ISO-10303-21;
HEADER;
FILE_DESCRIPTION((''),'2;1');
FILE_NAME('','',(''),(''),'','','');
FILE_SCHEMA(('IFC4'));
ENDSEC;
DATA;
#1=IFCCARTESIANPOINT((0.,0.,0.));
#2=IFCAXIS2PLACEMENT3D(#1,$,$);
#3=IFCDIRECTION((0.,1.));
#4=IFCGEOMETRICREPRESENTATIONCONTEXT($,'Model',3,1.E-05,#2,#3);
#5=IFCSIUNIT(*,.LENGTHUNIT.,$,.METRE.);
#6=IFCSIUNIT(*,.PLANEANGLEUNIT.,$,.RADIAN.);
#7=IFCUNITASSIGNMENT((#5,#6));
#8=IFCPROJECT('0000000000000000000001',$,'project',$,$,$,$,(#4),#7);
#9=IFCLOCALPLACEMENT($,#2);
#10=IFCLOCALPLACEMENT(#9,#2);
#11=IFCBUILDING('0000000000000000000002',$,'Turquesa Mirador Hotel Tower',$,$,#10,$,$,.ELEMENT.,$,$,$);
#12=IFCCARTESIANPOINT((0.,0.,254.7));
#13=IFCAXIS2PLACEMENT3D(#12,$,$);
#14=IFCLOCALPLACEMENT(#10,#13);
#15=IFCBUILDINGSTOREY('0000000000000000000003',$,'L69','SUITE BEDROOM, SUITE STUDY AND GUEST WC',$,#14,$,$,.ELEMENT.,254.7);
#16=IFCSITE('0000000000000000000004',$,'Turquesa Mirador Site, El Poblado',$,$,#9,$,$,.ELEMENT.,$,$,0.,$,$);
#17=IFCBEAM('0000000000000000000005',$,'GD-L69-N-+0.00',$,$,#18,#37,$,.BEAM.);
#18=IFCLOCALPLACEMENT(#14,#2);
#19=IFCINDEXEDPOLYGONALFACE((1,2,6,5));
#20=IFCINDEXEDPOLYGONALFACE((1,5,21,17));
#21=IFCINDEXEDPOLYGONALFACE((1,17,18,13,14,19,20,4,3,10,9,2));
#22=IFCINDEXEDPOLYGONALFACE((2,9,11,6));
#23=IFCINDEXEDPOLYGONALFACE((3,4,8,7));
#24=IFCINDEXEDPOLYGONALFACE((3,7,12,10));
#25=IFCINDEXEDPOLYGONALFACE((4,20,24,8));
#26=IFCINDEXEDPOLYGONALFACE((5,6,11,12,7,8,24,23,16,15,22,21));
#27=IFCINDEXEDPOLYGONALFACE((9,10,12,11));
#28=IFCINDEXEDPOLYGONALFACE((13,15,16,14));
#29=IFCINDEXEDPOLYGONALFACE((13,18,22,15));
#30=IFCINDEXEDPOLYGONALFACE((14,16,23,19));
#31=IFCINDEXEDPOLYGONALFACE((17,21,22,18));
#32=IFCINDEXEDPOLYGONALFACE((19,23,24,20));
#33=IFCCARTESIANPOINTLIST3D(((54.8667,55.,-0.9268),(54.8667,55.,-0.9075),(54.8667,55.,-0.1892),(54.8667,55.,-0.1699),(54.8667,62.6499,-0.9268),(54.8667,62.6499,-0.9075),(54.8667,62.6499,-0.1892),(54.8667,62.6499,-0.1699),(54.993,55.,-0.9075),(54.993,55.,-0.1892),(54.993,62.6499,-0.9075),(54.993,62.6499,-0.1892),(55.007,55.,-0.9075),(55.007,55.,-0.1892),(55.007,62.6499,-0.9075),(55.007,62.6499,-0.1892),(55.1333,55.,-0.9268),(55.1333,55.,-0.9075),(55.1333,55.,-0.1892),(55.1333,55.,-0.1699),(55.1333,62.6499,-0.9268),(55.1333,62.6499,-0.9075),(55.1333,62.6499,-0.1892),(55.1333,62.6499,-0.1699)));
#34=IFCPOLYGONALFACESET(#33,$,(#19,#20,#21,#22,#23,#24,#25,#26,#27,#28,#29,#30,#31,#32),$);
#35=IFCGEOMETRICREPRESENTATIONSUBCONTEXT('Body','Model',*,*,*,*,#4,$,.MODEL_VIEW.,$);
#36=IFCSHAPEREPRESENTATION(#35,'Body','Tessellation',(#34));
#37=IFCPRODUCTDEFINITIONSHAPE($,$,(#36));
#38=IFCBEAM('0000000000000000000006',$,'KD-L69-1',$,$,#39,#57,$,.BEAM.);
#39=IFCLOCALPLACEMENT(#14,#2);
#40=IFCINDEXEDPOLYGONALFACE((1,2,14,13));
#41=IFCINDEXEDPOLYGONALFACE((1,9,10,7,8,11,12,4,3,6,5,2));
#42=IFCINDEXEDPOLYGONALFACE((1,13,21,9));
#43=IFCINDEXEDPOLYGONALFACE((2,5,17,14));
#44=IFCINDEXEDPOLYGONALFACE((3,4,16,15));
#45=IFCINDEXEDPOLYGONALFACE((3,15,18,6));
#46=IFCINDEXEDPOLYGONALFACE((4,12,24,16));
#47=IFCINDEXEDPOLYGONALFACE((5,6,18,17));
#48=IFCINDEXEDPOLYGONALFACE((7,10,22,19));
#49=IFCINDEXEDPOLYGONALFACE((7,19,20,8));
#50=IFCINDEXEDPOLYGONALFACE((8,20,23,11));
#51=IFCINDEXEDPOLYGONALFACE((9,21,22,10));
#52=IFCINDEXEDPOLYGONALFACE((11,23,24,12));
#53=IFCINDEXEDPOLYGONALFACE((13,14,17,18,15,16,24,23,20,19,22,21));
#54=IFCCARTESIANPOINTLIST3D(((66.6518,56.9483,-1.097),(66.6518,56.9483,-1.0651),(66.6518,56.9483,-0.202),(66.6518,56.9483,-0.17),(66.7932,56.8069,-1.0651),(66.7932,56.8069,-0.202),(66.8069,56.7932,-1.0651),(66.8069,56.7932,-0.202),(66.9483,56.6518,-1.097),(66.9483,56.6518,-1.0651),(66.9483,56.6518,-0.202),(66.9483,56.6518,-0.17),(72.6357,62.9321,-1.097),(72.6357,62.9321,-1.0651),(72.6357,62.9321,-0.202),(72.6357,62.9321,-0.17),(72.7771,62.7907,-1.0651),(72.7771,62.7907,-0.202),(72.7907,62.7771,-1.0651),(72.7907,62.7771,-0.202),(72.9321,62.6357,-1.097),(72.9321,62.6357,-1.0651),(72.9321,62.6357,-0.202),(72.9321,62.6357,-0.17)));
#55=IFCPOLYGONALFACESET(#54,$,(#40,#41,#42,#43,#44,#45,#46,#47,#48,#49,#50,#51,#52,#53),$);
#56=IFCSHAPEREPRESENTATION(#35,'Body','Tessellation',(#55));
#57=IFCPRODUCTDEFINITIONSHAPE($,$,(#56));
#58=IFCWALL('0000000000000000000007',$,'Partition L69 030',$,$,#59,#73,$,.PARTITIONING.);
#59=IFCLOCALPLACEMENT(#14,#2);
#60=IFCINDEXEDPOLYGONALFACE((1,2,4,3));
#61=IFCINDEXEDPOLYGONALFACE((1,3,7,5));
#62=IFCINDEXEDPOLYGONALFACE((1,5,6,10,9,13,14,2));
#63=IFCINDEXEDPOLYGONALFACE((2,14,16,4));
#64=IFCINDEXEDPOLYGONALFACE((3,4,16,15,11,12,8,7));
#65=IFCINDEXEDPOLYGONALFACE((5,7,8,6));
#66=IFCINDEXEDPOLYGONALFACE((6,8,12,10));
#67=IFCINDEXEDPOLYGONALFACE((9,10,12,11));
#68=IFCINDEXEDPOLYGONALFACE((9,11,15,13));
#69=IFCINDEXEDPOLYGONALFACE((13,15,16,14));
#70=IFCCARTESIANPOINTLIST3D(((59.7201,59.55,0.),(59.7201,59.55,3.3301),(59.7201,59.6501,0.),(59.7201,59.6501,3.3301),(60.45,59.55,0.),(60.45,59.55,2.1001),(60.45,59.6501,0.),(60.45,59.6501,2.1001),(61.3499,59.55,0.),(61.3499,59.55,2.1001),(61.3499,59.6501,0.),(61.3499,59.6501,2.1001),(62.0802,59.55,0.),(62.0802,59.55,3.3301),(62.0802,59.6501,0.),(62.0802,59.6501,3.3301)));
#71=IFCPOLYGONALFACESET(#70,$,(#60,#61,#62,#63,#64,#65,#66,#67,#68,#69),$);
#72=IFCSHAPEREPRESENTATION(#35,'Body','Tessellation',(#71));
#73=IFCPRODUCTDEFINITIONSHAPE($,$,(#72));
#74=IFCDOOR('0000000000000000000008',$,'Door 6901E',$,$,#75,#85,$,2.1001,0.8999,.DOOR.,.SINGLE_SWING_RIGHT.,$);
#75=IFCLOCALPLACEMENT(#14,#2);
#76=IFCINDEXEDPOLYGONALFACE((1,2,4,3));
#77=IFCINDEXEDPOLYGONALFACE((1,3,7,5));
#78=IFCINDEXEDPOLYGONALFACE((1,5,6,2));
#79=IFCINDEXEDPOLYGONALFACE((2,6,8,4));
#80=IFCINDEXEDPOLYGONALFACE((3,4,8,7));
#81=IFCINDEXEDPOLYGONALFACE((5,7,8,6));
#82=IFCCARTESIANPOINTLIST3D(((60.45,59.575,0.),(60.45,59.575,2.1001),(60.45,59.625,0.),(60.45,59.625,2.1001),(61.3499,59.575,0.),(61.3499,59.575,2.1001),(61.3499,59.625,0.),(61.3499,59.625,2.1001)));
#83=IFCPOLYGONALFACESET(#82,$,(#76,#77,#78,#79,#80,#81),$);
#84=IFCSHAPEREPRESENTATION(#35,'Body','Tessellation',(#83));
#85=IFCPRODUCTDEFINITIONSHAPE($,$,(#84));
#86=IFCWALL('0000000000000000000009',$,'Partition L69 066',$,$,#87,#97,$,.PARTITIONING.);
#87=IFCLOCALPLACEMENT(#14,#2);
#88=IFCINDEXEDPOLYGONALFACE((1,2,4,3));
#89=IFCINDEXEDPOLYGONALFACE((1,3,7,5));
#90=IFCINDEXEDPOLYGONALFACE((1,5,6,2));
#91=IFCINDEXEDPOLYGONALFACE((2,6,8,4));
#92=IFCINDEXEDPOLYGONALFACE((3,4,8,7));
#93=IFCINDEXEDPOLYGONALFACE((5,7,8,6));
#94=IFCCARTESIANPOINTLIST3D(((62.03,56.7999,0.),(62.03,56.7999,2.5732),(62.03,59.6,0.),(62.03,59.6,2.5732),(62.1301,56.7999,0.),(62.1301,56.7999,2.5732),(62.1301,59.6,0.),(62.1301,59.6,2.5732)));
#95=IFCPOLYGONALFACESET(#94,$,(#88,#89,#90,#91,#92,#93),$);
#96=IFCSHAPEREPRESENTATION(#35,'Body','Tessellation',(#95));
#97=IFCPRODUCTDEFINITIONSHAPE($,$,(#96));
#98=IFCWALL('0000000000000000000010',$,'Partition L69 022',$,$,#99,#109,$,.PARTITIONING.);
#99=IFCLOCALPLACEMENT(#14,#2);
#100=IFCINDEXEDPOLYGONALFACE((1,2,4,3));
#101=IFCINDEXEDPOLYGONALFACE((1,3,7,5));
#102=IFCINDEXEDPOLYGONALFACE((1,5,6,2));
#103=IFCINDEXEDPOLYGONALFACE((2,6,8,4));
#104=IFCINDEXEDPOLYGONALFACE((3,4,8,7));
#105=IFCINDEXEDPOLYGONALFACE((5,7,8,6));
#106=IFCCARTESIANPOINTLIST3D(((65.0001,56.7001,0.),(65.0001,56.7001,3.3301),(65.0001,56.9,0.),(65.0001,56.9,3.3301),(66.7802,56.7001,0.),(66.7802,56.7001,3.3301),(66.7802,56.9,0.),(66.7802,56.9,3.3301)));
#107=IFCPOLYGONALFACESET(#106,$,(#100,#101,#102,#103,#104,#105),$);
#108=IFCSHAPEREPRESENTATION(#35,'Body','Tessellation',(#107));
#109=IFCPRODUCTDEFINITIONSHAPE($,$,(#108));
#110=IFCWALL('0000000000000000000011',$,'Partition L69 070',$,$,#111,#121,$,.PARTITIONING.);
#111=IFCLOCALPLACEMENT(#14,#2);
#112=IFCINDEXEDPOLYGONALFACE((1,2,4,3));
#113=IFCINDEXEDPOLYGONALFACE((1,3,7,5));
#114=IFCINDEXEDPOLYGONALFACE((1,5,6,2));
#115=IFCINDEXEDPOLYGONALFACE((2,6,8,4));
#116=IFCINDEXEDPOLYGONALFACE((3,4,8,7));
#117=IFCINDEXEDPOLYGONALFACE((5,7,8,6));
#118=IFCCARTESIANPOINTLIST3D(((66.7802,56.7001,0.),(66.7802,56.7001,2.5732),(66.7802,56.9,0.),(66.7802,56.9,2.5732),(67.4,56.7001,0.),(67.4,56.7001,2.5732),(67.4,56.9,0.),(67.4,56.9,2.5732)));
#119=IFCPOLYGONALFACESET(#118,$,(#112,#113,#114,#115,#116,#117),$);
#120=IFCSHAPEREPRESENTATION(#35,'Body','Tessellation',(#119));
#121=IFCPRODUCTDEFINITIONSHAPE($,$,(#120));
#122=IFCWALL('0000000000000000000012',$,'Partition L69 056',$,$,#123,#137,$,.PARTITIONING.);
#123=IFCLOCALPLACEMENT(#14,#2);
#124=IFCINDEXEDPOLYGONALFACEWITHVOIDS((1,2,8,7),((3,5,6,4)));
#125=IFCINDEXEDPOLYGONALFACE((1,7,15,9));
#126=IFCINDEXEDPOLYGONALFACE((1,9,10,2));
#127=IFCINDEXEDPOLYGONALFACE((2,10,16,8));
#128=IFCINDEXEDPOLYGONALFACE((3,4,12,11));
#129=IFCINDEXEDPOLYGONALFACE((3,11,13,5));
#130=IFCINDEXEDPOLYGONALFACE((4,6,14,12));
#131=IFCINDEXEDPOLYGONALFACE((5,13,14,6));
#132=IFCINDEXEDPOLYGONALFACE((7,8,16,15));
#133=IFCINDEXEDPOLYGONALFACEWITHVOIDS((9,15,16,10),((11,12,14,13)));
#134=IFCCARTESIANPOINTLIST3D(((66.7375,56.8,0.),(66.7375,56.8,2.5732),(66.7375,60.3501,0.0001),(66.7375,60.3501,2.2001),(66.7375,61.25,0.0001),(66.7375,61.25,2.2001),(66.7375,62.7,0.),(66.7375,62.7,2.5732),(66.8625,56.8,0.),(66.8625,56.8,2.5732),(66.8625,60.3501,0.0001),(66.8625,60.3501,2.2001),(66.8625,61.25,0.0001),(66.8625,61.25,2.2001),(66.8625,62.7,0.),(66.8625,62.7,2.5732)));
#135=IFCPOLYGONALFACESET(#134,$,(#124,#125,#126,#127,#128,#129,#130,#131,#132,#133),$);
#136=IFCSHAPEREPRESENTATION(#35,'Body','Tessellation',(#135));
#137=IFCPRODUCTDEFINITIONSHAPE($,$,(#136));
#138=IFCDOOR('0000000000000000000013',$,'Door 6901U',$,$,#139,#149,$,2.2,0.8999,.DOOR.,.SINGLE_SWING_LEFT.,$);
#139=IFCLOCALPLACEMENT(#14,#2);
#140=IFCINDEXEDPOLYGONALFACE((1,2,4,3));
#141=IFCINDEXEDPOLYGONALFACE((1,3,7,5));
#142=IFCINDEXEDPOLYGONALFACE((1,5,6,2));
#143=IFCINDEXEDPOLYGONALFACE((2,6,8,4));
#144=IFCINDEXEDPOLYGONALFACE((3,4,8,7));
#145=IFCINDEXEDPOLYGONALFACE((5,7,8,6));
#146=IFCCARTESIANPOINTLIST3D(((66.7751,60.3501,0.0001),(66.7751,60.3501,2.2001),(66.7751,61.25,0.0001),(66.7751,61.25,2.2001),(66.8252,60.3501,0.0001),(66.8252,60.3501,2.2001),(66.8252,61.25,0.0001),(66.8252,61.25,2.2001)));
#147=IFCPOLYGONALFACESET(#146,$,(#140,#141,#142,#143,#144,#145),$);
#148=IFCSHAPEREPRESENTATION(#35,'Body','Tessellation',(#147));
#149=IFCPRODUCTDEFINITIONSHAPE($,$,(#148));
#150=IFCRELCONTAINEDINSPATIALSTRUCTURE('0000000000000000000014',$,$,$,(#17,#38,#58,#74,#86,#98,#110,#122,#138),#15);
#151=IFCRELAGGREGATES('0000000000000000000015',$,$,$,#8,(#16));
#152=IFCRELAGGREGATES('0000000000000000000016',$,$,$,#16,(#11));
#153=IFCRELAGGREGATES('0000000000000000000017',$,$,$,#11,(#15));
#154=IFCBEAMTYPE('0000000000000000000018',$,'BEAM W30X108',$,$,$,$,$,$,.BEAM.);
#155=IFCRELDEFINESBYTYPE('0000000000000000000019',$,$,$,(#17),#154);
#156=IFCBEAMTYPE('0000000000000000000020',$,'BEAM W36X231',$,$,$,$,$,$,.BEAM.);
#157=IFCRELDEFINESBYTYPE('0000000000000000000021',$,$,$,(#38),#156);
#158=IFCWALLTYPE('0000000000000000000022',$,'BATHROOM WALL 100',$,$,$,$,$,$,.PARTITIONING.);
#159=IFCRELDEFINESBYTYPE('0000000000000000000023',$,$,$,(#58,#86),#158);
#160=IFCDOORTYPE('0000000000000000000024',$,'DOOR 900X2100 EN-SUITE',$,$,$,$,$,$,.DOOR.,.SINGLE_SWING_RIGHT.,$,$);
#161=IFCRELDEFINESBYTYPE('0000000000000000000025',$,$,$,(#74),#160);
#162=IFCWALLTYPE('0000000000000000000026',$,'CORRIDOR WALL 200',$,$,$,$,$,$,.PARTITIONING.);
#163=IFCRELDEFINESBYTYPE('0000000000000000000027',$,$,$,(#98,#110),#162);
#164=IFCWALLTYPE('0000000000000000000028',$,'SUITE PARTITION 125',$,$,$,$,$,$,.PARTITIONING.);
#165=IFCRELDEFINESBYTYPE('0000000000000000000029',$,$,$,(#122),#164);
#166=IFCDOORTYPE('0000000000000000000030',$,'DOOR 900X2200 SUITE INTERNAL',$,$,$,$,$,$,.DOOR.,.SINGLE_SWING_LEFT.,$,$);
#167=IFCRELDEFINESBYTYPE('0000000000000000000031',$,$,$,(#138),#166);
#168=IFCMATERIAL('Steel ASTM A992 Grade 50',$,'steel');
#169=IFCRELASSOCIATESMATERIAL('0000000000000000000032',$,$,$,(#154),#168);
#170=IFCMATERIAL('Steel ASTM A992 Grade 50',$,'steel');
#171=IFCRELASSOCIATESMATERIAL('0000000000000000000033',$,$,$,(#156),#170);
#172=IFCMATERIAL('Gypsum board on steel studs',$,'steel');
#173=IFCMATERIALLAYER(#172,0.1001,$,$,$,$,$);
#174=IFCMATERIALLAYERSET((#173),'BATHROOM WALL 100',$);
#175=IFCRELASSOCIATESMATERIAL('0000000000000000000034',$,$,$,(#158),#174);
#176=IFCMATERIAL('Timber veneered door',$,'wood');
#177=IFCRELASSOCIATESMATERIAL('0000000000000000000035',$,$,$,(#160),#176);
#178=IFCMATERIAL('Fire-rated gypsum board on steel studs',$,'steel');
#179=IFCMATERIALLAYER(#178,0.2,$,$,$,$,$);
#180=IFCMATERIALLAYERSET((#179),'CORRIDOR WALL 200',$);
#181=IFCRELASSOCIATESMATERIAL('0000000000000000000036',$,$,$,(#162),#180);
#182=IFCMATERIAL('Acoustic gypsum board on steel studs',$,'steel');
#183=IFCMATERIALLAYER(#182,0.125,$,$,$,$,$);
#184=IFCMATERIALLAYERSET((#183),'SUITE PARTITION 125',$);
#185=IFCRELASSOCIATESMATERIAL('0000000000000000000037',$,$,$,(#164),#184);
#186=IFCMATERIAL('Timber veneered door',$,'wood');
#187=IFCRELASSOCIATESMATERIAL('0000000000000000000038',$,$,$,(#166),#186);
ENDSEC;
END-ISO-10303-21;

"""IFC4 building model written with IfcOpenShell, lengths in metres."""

from ifc_helpers import new_model, si_unit, direction, frame, frame_2d, origin, origin_2d, place, context, subcontext, project, spatial, rectangle, i_section, extrude, material, layer, layer_set, material_profile, profile_set, type_object, element, fill, save


model = new_model("IFC4")

# Units and contexts
model_context = context("Model", 3, precision=1e-05, world=origin(), true_north=direction((0.0, 1.0)))
body_context = subcontext(model_context, "Body", "Model", "MODEL_VIEW")
ifc_project = project(units=[si_unit("LENGTHUNIT", "METRE"), si_unit("PLANEANGLEUNIT", "RADIAN")], contexts=[model_context])

# Site, building, storey
site_placement = place(None, origin())
site = spatial("IfcSite", under=ifc_project, at=site_placement, Name="Turquesa Mirador Site, El Poblado", CompositionType="ELEMENT", RefElevation=0.0)
building_placement = place(site_placement, origin())
building = spatial("IfcBuilding", under=site, at=building_placement, Name="Turquesa Mirador Hotel Tower", CompositionType="ELEMENT")
storey_placement = place(building_placement, frame((0.0, 0.0, 254.7)))
storey = spatial("IfcBuildingStorey", under=building, at=storey_placement, Name="L69", Description="SUITE BEDROOM, SUITE STUDY AND GUEST WC", CompositionType="ELEMENT", Elevation=254.7)

# Beams
ifc_material_1 = material(Name="Steel ASTM A992 Grade 50", Category="steel")
ifc_material_profile_1 = material_profile(ifc_material_1, i_section(OverallWidth=0.2666, OverallDepth=0.7568, WebThickness=0.0139, FlangeThickness=0.0193, at=origin_2d()), Name="W30X108")
ifc_profile_set_1 = profile_set([ifc_material_profile_1], Name="Steel ASTM A992 Grade 50")
beam_type_1 = type_object("IfcBeamType", Name="BEAM W30X108", PredefinedType="BEAM", material=ifc_profile_set_1)
for number, where, z_axis, x_axis, name in (
    (1, (55.0, 62.6499, -0.5483), (0.0, -1.0, 0.0), (1.0, 0.0, 0.0), "GD-L69-N-+0.00"),
):
    element("IfcBeam", number, at=place(storey_placement, frame(where, z_axis=z_axis, x_axis=x_axis)), inside=storey, type_object=beam_type_1, Name=name, PredefinedType="BEAM", context=body_context, shape_type="SweptSolid", body=[
        extrude(i_section(OverallWidth=0.2666, OverallDepth=0.7568, WebThickness=0.0139, FlangeThickness=0.0193, at=origin_2d()), origin(), (0.0, 0.0, 1.0), 7.6499),
    ])
ifc_material_2 = material(Name="Steel ASTM A992 Grade 50", Category="steel")
ifc_material_profile_2 = material_profile(ifc_material_2, i_section(OverallWidth=0.4192, OverallDepth=0.927, WebThickness=0.0193, FlangeThickness=0.032, at=origin_2d()), Name="W36X231")
ifc_profile_set_2 = profile_set([ifc_material_profile_2], Name="Steel ASTM A992 Grade 50")
beam_type_2 = type_object("IfcBeamType", Name="BEAM W36X231", PredefinedType="BEAM", material=ifc_profile_set_2)
beam_1_placement = place(storey_placement, frame((66.8, 56.8, -0.6335), z_axis=(0.707107, 0.707107, 0.0), x_axis=(-0.707107, 0.707107, 0.0)))
element("IfcBeam", 2, at=beam_1_placement, inside=storey, type_object=beam_type_2, Name="KD-L69-1", PredefinedType="BEAM", context=body_context, shape_type="SweptSolid", body=[
    extrude(i_section(OverallWidth=0.4192, OverallDepth=0.927, WebThickness=0.0193, FlangeThickness=0.032, at=origin_2d()), origin(), (0.0, 0.0, 1.0), 8.4624),
])

# Wall, opening, door
ifc_material_3 = material(Name="Gypsum board on steel studs", Category="steel")
ifc_layer_1 = layer(ifc_material_3, 0.1001)
ifc_layer_set_1 = layer_set([ifc_layer_1], Name="BATHROOM WALL 100")
wall_type_1 = type_object("IfcWallType", Name="BATHROOM WALL 100", PredefinedType="PARTITIONING", material=ifc_layer_set_1)
wall_1_placement = place(storey_placement, frame((59.72, 59.6001, 0.0), z_axis=(0.0, 0.0, 1.0), x_axis=(1.0, 0.0, 0.0)))
wall_1 = element("IfcWall", 3, at=wall_1_placement, inside=storey, type_object=wall_type_1, Name="Partition L69 030", PredefinedType="PARTITIONING", context=body_context, shape_type="SweptSolid", body=[
    extrude(rectangle(XDim=2.3601, YDim=0.1001, at=frame_2d((1.1802, 0.0))), origin(), (0.0, 0.0, 1.0), 3.3301),
])
opening_1_placement = place(wall_1_placement, frame((0.73, 0.0, 0.0)))
opening_1 = element("IfcOpeningElement", 4, at=opening_1_placement, cuts=wall_1, PredefinedType="OPENING", context=body_context, shape_type="SweptSolid", body=[
    extrude(rectangle(XDim=0.8999, YDim=2.1001, at=frame_2d((0.45, 1.05))), frame((0.0, 0.0601, 0.0), z_axis=(0.0, -1.0, 0.0), x_axis=(1.0, 0.0, 0.0)), (0.0, 0.0, 1.0), 0.1201),
])
ifc_material_4 = material(Name="Timber veneered door", Category="wood")
door_type_1 = type_object("IfcDoorType", Name="DOOR 900X2100 EN-SUITE", OperationType="SINGLE_SWING_RIGHT", PredefinedType="DOOR", material=ifc_material_4)
door_1_placement = place(opening_1_placement, origin())
door_1 = element("IfcDoor", 5, at=door_1_placement, inside=storey, type_object=door_type_1, Name="Door 6901E", OperationType="SINGLE_SWING_RIGHT", OverallHeight=2.1001, OverallWidth=0.8999, PredefinedType="DOOR", context=body_context, shape_type="SweptSolid", body=[
    extrude(rectangle(XDim=0.8999, YDim=2.1001, at=frame_2d((0.45, 1.05))), frame((0.0, 0.0249, 0.0), z_axis=(0.0, -1.0, 0.0), x_axis=(1.0, 0.0, 0.0)), (0.0, 0.0, 1.0), 0.05),
])
fill(opening_1, door_1)

# Walls
wall_2_placement = place(storey_placement, frame((62.0801, 56.8, 0.0), z_axis=(0.0, 0.0, 1.0), x_axis=(0.0, 1.0, 0.0)))
element("IfcWall", 6, at=wall_2_placement, inside=storey, type_object=wall_type_1, Name="Partition L69 066", PredefinedType="PARTITIONING", context=body_context, shape_type="SweptSolid", body=[
    extrude(rectangle(XDim=2.8, YDim=0.1001, at=frame_2d((1.3999, 0.0))), origin(), (0.0, 0.0, 1.0), 2.5732),
])
ifc_material_5 = material(Name="Fire-rated gypsum board on steel studs", Category="steel")
ifc_layer_2 = layer(ifc_material_5, 0.2)
ifc_layer_set_2 = layer_set([ifc_layer_2], Name="CORRIDOR WALL 200")
wall_type_2 = type_object("IfcWallType", Name="CORRIDOR WALL 200", PredefinedType="PARTITIONING", material=ifc_layer_set_2)
wall_3_placement = place(storey_placement, frame((65.0, 56.8, 0.0), z_axis=(0.0, 0.0, 1.0), x_axis=(1.0, 0.0, 0.0)))
element("IfcWall", 7, at=wall_3_placement, inside=storey, type_object=wall_type_2, Name="Partition L69 022", PredefinedType="PARTITIONING", context=body_context, shape_type="SweptSolid", body=[
    extrude(rectangle(XDim=1.78, YDim=0.2, at=frame_2d((0.8901, 0.0))), origin(), (0.0, 0.0, 1.0), 3.3301),
])
wall_4_placement = place(storey_placement, frame((66.78, 56.8, 0.0), z_axis=(0.0, 0.0, 1.0), x_axis=(1.0, 0.0, 0.0)))
element("IfcWall", 8, at=wall_4_placement, inside=storey, type_object=wall_type_2, Name="Partition L69 070", PredefinedType="PARTITIONING", context=body_context, shape_type="SweptSolid", body=[
    extrude(rectangle(XDim=0.6199, YDim=0.2, at=frame_2d((0.3101, 0.0))), origin(), (0.0, 0.0, 1.0), 2.5732),
])

# Wall, opening, door
ifc_material_6 = material(Name="Acoustic gypsum board on steel studs", Category="steel")
ifc_layer_3 = layer(ifc_material_6, 0.125)
ifc_layer_set_3 = layer_set([ifc_layer_3], Name="SUITE PARTITION 125")
wall_type_3 = type_object("IfcWallType", Name="SUITE PARTITION 125", PredefinedType="PARTITIONING", material=ifc_layer_set_3)
wall_5_placement = place(storey_placement, frame((66.8, 56.8, 0.0), z_axis=(0.0, 0.0, 1.0), x_axis=(0.0, 1.0, 0.0)))
wall_5 = element("IfcWall", 9, at=wall_5_placement, inside=storey, type_object=wall_type_3, Name="Partition L69 056", PredefinedType="PARTITIONING", context=body_context, shape_type="SweptSolid", body=[
    extrude(rectangle(XDim=5.8999, YDim=0.125, at=frame_2d((2.95, 0.0))), origin(), (0.0, 0.0, 1.0), 2.5732),
])
opening_2_placement = place(wall_5_placement, frame((3.55, 0.0, 0.0)))
opening_2 = element("IfcOpeningElement", 10, at=opening_2_placement, cuts=wall_5, PredefinedType="OPENING", context=body_context, shape_type="SweptSolid", body=[
    extrude(rectangle(XDim=0.8999, YDim=2.2, at=frame_2d((0.45, 1.1001))), frame((0.0, 0.0725, 0.0), z_axis=(0.0, -1.0, 0.0), x_axis=(1.0, 0.0, 0.0)), (0.0, 0.0, 1.0), 0.145),
])
ifc_material_7 = material(Name="Timber veneered door", Category="wood")
door_type_2 = type_object("IfcDoorType", Name="DOOR 900X2200 SUITE INTERNAL", OperationType="SINGLE_SWING_LEFT", PredefinedType="DOOR", material=ifc_material_7)
door_2_placement = place(opening_2_placement, origin())
door_2 = element("IfcDoor", 11, at=door_2_placement, inside=storey, type_object=door_type_2, Name="Door 6901U", OperationType="SINGLE_SWING_LEFT", OverallHeight=2.2, OverallWidth=0.8999, PredefinedType="DOOR", context=body_context, shape_type="SweptSolid", body=[
    extrude(rectangle(XDim=0.8999, YDim=2.2, at=frame_2d((0.45, 1.1001))), frame((0.0, 0.0249, 0.0), z_axis=(0.0, -1.0, 0.0), x_axis=(1.0, 0.0, 0.0)), (0.0, 0.0, 1.0), 0.05),
])
fill(opening_2, door_2)

save(model, "model.ifc")
